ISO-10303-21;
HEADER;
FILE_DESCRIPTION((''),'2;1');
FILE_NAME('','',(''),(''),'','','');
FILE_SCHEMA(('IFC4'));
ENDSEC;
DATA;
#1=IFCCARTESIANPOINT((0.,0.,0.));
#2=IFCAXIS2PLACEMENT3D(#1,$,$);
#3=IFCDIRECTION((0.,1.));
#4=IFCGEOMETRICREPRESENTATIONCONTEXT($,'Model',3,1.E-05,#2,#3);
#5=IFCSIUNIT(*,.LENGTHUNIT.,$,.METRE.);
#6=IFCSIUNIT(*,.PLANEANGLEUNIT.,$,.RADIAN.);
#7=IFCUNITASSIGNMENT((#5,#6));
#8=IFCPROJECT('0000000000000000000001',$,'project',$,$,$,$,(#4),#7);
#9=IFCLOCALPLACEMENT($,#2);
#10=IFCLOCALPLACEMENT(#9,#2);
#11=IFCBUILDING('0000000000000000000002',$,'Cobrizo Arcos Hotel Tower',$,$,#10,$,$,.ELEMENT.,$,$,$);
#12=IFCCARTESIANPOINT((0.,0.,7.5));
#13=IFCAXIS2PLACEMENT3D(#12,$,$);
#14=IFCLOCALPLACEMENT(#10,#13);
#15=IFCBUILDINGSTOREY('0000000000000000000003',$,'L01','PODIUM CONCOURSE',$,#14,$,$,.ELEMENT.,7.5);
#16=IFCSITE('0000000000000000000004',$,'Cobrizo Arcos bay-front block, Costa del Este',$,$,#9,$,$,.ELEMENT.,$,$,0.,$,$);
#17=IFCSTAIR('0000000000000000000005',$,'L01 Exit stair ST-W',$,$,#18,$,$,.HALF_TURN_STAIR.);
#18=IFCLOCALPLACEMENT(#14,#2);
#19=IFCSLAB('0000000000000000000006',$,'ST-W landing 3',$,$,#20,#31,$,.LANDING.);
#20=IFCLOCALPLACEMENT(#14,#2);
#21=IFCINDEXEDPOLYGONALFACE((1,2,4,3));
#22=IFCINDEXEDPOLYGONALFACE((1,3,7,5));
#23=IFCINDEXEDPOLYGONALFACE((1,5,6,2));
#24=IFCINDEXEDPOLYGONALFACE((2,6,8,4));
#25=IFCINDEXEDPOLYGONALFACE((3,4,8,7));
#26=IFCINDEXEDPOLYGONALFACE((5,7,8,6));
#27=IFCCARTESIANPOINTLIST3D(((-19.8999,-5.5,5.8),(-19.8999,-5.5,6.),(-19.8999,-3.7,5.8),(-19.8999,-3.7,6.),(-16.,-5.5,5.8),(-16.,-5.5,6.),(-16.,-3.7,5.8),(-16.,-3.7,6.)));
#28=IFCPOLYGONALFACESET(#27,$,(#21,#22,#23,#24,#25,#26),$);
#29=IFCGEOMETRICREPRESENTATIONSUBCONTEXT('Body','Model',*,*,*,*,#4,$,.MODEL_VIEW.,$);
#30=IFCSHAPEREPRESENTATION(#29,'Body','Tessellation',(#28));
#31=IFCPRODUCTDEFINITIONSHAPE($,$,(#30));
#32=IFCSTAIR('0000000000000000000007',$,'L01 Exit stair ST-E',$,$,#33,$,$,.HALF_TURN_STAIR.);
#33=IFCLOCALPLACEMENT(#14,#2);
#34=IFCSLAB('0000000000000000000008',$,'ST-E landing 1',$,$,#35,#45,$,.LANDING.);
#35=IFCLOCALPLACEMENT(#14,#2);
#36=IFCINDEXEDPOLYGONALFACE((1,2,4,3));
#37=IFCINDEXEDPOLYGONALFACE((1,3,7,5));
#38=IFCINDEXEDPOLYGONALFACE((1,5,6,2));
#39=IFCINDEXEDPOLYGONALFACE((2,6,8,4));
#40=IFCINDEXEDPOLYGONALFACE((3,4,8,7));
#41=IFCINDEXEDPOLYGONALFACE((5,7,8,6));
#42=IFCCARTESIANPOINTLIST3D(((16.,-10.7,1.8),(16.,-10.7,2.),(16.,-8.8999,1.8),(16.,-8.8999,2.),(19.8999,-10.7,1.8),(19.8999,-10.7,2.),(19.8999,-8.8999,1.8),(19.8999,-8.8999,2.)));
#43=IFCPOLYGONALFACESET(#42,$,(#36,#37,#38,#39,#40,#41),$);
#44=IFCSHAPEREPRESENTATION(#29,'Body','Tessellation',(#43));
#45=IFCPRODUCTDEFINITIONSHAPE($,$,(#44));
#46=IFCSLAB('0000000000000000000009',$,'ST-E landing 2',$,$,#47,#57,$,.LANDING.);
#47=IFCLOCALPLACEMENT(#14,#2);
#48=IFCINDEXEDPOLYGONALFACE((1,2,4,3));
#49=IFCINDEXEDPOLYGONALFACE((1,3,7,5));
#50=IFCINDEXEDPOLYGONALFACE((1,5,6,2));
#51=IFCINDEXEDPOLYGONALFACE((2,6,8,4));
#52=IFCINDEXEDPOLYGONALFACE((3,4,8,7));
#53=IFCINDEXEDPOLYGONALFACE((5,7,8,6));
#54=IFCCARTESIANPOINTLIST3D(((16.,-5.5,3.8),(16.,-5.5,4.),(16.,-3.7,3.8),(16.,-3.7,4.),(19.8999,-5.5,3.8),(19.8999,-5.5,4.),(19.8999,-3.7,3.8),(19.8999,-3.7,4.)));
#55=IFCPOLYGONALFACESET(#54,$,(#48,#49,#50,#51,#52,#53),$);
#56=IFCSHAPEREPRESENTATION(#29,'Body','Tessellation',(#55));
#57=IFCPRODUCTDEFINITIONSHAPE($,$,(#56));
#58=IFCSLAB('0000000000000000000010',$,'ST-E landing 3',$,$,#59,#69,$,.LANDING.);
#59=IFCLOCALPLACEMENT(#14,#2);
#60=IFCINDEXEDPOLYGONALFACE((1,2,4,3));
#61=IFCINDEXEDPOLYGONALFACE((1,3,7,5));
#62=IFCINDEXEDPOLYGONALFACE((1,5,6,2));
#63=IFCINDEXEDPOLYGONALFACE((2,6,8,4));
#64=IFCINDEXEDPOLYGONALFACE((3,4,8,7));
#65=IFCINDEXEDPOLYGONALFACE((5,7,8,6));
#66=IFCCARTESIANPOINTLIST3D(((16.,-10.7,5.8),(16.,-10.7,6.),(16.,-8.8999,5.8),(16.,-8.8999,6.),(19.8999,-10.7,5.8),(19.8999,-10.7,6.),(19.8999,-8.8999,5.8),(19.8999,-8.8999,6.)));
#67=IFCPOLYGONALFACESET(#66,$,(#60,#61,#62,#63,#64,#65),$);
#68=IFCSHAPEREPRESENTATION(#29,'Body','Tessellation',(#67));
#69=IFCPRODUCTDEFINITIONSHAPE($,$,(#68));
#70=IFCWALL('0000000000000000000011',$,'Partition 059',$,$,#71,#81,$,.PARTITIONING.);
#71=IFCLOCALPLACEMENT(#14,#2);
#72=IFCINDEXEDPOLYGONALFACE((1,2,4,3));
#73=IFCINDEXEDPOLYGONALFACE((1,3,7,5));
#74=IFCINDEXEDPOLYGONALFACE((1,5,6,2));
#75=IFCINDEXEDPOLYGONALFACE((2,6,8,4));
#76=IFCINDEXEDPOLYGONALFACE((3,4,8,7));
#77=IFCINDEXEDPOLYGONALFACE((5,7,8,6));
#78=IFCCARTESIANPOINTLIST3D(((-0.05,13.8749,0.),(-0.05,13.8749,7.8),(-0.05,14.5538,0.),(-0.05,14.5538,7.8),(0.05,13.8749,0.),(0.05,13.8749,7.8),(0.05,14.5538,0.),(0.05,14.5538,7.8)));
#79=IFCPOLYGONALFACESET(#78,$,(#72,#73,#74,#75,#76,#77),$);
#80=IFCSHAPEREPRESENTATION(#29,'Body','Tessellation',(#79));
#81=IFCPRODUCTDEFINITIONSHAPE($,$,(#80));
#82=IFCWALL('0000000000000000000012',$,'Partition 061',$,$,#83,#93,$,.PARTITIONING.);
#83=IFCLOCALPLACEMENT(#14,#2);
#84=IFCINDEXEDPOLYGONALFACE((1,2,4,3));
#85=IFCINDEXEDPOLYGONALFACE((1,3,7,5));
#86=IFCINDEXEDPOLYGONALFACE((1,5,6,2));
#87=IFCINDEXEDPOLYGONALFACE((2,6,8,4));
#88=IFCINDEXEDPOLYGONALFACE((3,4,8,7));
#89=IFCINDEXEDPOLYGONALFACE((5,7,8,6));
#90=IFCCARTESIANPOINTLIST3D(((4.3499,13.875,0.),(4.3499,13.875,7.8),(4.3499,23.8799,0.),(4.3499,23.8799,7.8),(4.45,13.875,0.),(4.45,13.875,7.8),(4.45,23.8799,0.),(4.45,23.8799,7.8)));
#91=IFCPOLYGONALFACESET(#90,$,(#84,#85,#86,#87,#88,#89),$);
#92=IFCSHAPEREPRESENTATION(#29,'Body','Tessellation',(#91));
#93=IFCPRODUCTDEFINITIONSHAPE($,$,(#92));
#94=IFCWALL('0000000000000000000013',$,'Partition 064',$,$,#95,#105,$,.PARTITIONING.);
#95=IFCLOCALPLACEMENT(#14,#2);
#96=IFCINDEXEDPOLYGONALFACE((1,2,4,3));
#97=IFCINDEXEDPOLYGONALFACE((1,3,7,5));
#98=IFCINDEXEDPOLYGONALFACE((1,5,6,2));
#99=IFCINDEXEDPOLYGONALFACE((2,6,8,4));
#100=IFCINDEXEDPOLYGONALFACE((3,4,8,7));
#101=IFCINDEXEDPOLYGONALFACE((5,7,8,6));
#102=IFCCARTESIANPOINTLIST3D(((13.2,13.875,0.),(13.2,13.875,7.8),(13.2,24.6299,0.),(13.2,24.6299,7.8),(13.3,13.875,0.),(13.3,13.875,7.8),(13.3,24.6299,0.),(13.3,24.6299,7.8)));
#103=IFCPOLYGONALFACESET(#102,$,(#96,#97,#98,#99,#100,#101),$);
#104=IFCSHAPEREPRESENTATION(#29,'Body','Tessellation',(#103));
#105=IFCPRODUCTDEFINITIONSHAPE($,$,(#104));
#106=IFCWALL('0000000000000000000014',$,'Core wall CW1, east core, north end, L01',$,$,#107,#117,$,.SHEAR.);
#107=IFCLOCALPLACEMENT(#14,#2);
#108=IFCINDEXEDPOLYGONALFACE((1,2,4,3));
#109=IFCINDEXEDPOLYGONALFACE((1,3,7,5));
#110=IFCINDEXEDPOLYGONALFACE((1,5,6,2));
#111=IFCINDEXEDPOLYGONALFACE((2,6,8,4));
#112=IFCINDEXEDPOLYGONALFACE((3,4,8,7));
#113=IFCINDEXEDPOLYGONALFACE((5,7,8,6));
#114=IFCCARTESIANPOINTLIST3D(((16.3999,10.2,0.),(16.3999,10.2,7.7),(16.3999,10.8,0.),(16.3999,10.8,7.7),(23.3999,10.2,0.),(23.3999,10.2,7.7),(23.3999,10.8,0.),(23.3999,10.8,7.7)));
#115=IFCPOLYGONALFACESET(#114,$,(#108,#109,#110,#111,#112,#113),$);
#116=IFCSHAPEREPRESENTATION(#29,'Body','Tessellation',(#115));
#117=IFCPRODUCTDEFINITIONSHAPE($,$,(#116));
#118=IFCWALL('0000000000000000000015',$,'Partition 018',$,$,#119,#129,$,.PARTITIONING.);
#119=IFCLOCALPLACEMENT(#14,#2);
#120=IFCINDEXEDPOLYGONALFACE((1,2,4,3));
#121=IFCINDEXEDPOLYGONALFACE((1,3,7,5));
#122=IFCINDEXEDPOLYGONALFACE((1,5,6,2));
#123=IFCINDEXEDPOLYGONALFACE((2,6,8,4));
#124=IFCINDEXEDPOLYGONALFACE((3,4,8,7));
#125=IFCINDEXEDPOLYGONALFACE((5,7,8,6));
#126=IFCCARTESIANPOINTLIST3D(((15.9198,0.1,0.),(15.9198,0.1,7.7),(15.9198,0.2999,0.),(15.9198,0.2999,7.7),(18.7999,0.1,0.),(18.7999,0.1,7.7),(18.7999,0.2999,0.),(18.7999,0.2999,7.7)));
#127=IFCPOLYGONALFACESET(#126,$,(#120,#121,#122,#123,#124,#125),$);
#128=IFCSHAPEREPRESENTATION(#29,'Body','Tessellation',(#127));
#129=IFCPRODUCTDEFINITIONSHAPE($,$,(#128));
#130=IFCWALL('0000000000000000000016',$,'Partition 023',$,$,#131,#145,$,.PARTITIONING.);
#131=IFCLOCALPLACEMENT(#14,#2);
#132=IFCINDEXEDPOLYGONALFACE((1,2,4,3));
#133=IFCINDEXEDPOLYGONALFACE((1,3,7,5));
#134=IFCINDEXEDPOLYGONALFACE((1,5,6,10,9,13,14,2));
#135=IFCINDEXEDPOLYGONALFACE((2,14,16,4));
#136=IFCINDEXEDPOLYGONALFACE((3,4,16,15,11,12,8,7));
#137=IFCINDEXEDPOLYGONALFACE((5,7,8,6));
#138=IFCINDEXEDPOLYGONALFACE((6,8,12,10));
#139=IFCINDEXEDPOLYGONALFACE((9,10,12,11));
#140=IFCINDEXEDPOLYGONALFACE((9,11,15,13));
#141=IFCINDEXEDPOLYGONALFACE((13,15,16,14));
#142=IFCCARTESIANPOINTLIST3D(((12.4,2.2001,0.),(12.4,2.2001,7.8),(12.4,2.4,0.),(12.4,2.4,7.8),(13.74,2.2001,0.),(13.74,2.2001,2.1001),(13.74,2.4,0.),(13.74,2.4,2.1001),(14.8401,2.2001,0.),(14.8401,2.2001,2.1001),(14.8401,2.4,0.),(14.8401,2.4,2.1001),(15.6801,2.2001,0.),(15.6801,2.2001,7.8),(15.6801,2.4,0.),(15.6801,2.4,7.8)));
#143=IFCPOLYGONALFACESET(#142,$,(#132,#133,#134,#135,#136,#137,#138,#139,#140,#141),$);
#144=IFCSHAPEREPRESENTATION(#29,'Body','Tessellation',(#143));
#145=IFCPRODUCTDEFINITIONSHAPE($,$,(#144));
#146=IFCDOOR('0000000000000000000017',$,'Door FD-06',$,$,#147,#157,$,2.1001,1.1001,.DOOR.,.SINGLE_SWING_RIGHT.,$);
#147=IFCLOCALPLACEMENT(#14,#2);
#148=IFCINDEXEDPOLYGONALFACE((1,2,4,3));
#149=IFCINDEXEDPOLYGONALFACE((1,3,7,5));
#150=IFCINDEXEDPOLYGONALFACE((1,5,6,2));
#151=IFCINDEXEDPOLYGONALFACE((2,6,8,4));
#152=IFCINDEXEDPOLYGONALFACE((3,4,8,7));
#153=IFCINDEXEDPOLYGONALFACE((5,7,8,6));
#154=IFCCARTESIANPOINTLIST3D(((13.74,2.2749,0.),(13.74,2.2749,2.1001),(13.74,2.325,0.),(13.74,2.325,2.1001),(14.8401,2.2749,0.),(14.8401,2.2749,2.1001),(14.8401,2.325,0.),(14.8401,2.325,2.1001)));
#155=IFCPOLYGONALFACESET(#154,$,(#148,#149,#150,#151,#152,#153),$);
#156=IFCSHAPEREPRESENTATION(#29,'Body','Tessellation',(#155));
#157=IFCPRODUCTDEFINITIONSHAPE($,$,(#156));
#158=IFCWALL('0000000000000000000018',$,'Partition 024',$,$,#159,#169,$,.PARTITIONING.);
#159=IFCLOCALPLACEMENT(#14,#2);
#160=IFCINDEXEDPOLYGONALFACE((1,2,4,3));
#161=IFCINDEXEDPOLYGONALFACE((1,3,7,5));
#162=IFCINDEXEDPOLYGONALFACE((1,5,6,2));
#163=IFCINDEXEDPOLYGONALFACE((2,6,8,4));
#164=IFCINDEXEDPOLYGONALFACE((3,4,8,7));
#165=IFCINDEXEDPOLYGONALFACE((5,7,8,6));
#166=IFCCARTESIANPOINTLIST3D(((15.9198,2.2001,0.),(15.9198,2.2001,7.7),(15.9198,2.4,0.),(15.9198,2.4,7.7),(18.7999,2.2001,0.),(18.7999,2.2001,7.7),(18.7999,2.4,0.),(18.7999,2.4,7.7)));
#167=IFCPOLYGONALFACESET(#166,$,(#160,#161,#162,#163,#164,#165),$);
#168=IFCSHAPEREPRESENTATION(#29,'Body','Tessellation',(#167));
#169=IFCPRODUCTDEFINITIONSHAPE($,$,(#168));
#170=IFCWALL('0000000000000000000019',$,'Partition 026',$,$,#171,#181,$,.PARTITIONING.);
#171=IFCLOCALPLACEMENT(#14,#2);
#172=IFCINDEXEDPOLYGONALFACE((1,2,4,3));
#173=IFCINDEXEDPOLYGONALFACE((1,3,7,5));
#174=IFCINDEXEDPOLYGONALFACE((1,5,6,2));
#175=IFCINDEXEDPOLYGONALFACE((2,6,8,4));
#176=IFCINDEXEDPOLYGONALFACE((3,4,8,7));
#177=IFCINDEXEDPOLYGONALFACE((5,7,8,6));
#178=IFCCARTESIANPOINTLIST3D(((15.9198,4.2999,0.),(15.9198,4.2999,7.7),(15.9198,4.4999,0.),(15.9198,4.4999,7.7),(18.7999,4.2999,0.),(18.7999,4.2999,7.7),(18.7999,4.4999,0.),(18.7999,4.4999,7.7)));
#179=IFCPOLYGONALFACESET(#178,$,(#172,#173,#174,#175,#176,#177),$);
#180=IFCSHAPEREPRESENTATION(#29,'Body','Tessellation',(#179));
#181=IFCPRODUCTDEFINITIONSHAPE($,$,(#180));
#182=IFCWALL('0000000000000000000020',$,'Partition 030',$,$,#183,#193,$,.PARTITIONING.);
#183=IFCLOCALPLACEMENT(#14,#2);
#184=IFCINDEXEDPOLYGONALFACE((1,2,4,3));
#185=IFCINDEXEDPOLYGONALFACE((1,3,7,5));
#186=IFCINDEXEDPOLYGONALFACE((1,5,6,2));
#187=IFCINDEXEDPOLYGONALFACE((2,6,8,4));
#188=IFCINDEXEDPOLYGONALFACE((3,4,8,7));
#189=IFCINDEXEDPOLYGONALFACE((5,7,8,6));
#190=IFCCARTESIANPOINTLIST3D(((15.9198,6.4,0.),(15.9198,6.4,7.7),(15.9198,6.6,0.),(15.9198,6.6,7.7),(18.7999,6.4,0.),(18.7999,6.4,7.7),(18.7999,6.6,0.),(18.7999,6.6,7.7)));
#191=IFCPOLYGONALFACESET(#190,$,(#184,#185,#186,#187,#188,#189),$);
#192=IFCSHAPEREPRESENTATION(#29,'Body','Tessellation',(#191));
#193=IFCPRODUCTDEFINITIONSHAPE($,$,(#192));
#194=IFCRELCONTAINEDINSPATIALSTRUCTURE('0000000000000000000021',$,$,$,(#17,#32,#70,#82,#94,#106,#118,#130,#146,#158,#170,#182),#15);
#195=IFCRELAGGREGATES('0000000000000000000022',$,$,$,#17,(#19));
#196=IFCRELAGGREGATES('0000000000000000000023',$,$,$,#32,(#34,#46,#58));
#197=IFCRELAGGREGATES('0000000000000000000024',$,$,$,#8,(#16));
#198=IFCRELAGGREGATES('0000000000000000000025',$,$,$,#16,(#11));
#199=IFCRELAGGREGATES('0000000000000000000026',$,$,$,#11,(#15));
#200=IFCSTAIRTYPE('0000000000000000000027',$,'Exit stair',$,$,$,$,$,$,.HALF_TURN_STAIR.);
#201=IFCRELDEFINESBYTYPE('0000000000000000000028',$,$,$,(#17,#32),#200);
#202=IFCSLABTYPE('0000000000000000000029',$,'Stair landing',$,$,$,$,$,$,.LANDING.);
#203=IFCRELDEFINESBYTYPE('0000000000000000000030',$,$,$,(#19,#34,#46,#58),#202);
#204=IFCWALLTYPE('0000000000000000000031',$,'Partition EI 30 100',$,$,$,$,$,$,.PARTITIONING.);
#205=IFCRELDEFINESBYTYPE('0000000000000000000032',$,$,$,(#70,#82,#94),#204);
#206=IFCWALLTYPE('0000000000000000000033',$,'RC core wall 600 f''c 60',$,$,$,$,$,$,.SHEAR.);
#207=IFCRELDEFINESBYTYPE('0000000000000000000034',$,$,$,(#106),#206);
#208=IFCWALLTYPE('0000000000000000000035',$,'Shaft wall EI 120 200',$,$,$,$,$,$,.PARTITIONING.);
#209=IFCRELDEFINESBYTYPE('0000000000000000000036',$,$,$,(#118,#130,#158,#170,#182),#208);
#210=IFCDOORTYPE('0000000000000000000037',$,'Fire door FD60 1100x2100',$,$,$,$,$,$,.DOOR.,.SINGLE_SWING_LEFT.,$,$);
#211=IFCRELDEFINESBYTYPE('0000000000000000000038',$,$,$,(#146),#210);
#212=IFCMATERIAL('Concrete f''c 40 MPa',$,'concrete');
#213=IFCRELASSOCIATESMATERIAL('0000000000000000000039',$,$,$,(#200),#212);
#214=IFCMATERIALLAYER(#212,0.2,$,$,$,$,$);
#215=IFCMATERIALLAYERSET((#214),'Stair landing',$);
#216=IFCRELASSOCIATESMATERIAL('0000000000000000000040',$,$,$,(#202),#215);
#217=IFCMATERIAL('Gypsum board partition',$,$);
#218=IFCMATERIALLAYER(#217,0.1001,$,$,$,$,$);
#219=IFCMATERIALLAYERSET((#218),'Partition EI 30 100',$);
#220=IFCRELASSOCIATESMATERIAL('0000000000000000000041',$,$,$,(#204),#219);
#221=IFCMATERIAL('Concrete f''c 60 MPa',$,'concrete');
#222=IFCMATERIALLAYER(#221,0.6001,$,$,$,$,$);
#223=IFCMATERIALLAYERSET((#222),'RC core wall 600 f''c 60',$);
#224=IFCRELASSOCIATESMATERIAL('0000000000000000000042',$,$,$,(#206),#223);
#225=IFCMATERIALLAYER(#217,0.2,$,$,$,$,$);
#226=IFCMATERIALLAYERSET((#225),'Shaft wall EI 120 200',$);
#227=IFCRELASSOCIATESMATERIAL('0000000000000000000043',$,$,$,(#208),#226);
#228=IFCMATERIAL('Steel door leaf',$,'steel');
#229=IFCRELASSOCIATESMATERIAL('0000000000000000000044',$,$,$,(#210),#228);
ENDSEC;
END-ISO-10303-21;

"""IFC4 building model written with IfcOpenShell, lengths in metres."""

from ifc_helpers import new_model, si_unit, direction, frame, frame_2d, origin, place, context, subcontext, project, spatial, polyline, rectangle, outline, extrude, material, layer, layer_set, type_object, element, fill, aggregate, save


model = new_model("IFC4")

# Units and contexts
model_context = context("Model", 3, precision=1e-05, world=origin(), true_north=direction((0.0, 1.0)))
body_context = subcontext(model_context, "Body", "Model", "MODEL_VIEW")
ifc_project = project(units=[si_unit("LENGTHUNIT", "METRE"), si_unit("PLANEANGLEUNIT", "RADIAN")], contexts=[model_context])

# Site, building, storey
site_placement = place(None, origin())
site = spatial("IfcSite", under=ifc_project, at=site_placement, Name="Cobrizo Arcos bay-front block, Costa del Este", CompositionType="ELEMENT", RefElevation=0.0)
building_placement = place(site_placement, origin())
building = spatial("IfcBuilding", under=site, at=building_placement, Name="Cobrizo Arcos Hotel Tower", CompositionType="ELEMENT")
storey_placement = place(building_placement, frame((0.0, 0.0, 7.5)))
storey = spatial("IfcBuildingStorey", under=building, at=storey_placement, Name="L01", Description="PODIUM CONCOURSE", CompositionType="ELEMENT", Elevation=7.5)

# Stairs, slabs
ifc_material_1 = material(Name="Concrete f'c 40 MPa", Category="concrete")
stair_type = type_object("IfcStairType", Name="Exit stair", PredefinedType="HALF_TURN_STAIR", material=ifc_material_1)
stair_1_placement = place(storey_placement, origin())
stair_1 = element("IfcStair", 1, at=stair_1_placement, inside=storey, type_object=stair_type, Name="L01 Exit stair ST-W", PredefinedType="HALF_TURN_STAIR")
ifc_layer_1 = layer(ifc_material_1, 0.2)
ifc_layer_set_1 = layer_set([ifc_layer_1], Name="Stair landing")
slab_type = type_object("IfcSlabType", Name="Stair landing", PredefinedType="LANDING", material=ifc_layer_set_1)
slab_1_placement = place(storey_placement, frame((0.0, 0.0, 5.8)))
slab_1 = element("IfcSlab", 2, at=slab_1_placement, type_object=slab_type, Name="ST-W landing 3", PredefinedType="LANDING", context=body_context, shape_type="SweptSolid", body=[
    extrude(outline(polyline([(-16.0, -5.5), (-16.0, -3.7), (-19.8999, -3.7), (-19.8999, -5.5), (-16.0, -5.5)])), origin(), (0.0, 0.0, 1.0), 0.2),
])
aggregate(stair_1, [slab_1])
stair_2_placement = place(storey_placement, origin())
stair_2 = element("IfcStair", 3, at=stair_2_placement, inside=storey, type_object=stair_type, Name="L01 Exit stair ST-E", PredefinedType="HALF_TURN_STAIR")
slab_2_placement = place(storey_placement, frame((0.0, 0.0, 1.8)))
slab_2 = element("IfcSlab", 4, at=slab_2_placement, type_object=slab_type, Name="ST-E landing 1", PredefinedType="LANDING", context=body_context, shape_type="SweptSolid", body=[
    extrude(outline(polyline([(16.0, -8.8999), (16.0, -10.7), (19.8999, -10.7), (19.8999, -8.8999), (16.0, -8.8999)])), origin(), (0.0, 0.0, 1.0), 0.2),
])
slab_3_placement = place(storey_placement, frame((0.0, 0.0, 3.8)))
slab_3 = element("IfcSlab", 5, at=slab_3_placement, type_object=slab_type, Name="ST-E landing 2", PredefinedType="LANDING", context=body_context, shape_type="SweptSolid", body=[
    extrude(outline(polyline([(16.0, -3.7), (16.0, -5.5), (19.8999, -5.5), (19.8999, -3.7), (16.0, -3.7)])), origin(), (0.0, 0.0, 1.0), 0.2),
])
slab_4_placement = place(storey_placement, frame((0.0, 0.0, 5.8)))
slab_4 = element("IfcSlab", 6, at=slab_4_placement, type_object=slab_type, Name="ST-E landing 3", PredefinedType="LANDING", context=body_context, shape_type="SweptSolid", body=[
    extrude(outline(polyline([(16.0, -8.8999), (16.0, -10.7), (19.8999, -10.7), (19.8999, -8.8999), (16.0, -8.8999)])), origin(), (0.0, 0.0, 1.0), 0.2),
])
aggregate(stair_2, [slab_2, slab_3, slab_4])

# Walls
ifc_material_2 = material(Name="Gypsum board partition")
ifc_layer_2 = layer(ifc_material_2, 0.1001)
ifc_layer_set_2 = layer_set([ifc_layer_2], Name="Partition EI 30 100")
wall_type_1 = type_object("IfcWallType", Name="Partition EI 30 100", PredefinedType="PARTITIONING", material=ifc_layer_set_2)
wall_1_placement = place(storey_placement, frame((0.0, 13.875, 0.0), z_axis=(0.0, 0.0, 1.0), x_axis=(0.0, 1.0, 0.0)))
element("IfcWall", 7, at=wall_1_placement, inside=storey, type_object=wall_type_1, Name="Partition 059", PredefinedType="PARTITIONING", context=body_context, shape_type="SweptSolid", body=[
    extrude(rectangle(XDim=0.679, YDim=0.1001, at=frame_2d((0.3394, 0.0))), origin(), (0.0, 0.0, 1.0), 7.8),
])
wall_2_placement = place(storey_placement, frame((4.3999, 13.875, 0.0), z_axis=(0.0, 0.0, 1.0), x_axis=(0.0, 1.0, 0.0)))
element("IfcWall", 8, at=wall_2_placement, inside=storey, type_object=wall_type_1, Name="Partition 061", PredefinedType="PARTITIONING", context=body_context, shape_type="SweptSolid", body=[
    extrude(rectangle(XDim=10.0049, YDim=0.1001, at=frame_2d((5.0024, 0.0))), origin(), (0.0, 0.0, 1.0), 7.8),
])
wall_3_placement = place(storey_placement, frame((13.25, 13.875, 0.0), z_axis=(0.0, 0.0, 1.0), x_axis=(0.0, 1.0, 0.0)))
element("IfcWall", 9, at=wall_3_placement, inside=storey, type_object=wall_type_1, Name="Partition 064", PredefinedType="PARTITIONING", context=body_context, shape_type="SweptSolid", body=[
    extrude(rectangle(XDim=10.7549, YDim=0.1001, at=frame_2d((5.3774, 0.0))), origin(), (0.0, 0.0, 1.0), 7.8),
])
ifc_material_3 = material(Name="Concrete f'c 60 MPa", Category="concrete")
ifc_layer_3 = layer(ifc_material_3, 0.6001)
ifc_layer_set_3 = layer_set([ifc_layer_3], Name="RC core wall 600 f'c 60")
wall_type_2 = type_object("IfcWallType", Name="RC core wall 600 f'c 60", PredefinedType="SHEAR", material=ifc_layer_set_3)
wall_4_placement = place(storey_placement, frame((16.3999, 10.5, 0.0), z_axis=(0.0, 0.0, 1.0), x_axis=(1.0, 0.0, 0.0)))
element("IfcWall", 10, at=wall_4_placement, inside=storey, type_object=wall_type_2, Name="Core wall CW1, east core, north end, L01", PredefinedType="SHEAR", context=body_context, shape_type="SweptSolid", body=[
    extrude(rectangle(XDim=7.0, YDim=0.6001, at=frame_2d((3.5, 0.0))), origin(), (0.0, 0.0, 1.0), 7.7),
])
ifc_layer_4 = layer(ifc_material_2, 0.2)
ifc_layer_set_4 = layer_set([ifc_layer_4], Name="Shaft wall EI 120 200")
wall_type_3 = type_object("IfcWallType", Name="Shaft wall EI 120 200", PredefinedType="PARTITIONING", material=ifc_layer_set_4)
wall_5_placement = place(storey_placement, frame((15.9199, 0.2, 0.0), z_axis=(0.0, 0.0, 1.0), x_axis=(1.0, 0.0, 0.0)))
element("IfcWall", 11, at=wall_5_placement, inside=storey, type_object=wall_type_3, Name="Partition 018", PredefinedType="PARTITIONING", context=body_context, shape_type="SweptSolid", body=[
    extrude(rectangle(XDim=2.8801, YDim=0.2, at=frame_2d((1.4399, 0.0))), origin(), (0.0, 0.0, 1.0), 7.7),
])

# Wall, opening, door
wall_6_placement = place(storey_placement, frame((12.3999, 2.3, 0.0), z_axis=(0.0, 0.0, 1.0), x_axis=(1.0, 0.0, 0.0)))
wall_6 = element("IfcWall", 12, at=wall_6_placement, inside=storey, type_object=wall_type_3, Name="Partition 023", PredefinedType="PARTITIONING", context=body_context, shape_type="SweptSolid", body=[
    extrude(rectangle(XDim=3.28, YDim=0.2, at=frame_2d((1.6401, 0.0))), origin(), (0.0, 0.0, 1.0), 7.8),
])
opening_placement = place(wall_6_placement, frame((1.3401, 0.0, 0.0)))
opening = element("IfcOpeningElement", 13, at=opening_placement, cuts=wall_6, PredefinedType="OPENING", context=body_context, shape_type="SweptSolid", body=[
    extrude(rectangle(XDim=1.1001, YDim=2.1001, at=frame_2d((0.55, 1.05))), frame((0.0, 0.1121, 0.0), z_axis=(0.0, -1.0, 0.0), x_axis=(1.0, 0.0, 0.0)), (0.0, 0.0, 1.0), 0.2239),
])
ifc_material_4 = material(Name="Steel door leaf", Category="steel")
door_type = type_object("IfcDoorType", Name="Fire door FD60 1100x2100", OperationType="SINGLE_SWING_LEFT", PredefinedType="DOOR", material=ifc_material_4)
door_placement = place(opening_placement, origin())
door = element("IfcDoor", 14, at=door_placement, inside=storey, type_object=door_type, Name="Door FD-06", OperationType="SINGLE_SWING_RIGHT", OverallHeight=2.1001, OverallWidth=1.1001, PredefinedType="DOOR", context=body_context, shape_type="SweptSolid", body=[
    extrude(rectangle(XDim=1.1001, YDim=2.1001, at=frame_2d((0.55, 1.05))), frame((0.0, 0.0249, 0.0), z_axis=(0.0, -1.0, 0.0), x_axis=(1.0, 0.0, 0.0)), (0.0, 0.0, 1.0), 0.05),
])
fill(opening, door)

# Walls
for number, where, z_axis, x_axis, name in (
    (15, (15.9199, 2.3, 0.0), (0.0, 0.0, 1.0), (1.0, 0.0, 0.0), "Partition 024"),
    (16, (15.9199, 4.3999, 0.0), (0.0, 0.0, 1.0), (1.0, 0.0, 0.0), "Partition 026"),
    (17, (15.9199, 6.5, 0.0), (0.0, 0.0, 1.0), (1.0, 0.0, 0.0), "Partition 030"),
):
    element("IfcWall", number, at=place(storey_placement, frame(where, z_axis=z_axis, x_axis=x_axis)), inside=storey, type_object=wall_type_3, Name=name, PredefinedType="PARTITIONING", context=body_context, shape_type="SweptSolid", body=[
        extrude(rectangle(XDim=2.8801, YDim=0.2, at=frame_2d((1.4399, 0.0))), origin(), (0.0, 0.0, 1.0), 7.7),
    ])

save(model, "model.ifc")
